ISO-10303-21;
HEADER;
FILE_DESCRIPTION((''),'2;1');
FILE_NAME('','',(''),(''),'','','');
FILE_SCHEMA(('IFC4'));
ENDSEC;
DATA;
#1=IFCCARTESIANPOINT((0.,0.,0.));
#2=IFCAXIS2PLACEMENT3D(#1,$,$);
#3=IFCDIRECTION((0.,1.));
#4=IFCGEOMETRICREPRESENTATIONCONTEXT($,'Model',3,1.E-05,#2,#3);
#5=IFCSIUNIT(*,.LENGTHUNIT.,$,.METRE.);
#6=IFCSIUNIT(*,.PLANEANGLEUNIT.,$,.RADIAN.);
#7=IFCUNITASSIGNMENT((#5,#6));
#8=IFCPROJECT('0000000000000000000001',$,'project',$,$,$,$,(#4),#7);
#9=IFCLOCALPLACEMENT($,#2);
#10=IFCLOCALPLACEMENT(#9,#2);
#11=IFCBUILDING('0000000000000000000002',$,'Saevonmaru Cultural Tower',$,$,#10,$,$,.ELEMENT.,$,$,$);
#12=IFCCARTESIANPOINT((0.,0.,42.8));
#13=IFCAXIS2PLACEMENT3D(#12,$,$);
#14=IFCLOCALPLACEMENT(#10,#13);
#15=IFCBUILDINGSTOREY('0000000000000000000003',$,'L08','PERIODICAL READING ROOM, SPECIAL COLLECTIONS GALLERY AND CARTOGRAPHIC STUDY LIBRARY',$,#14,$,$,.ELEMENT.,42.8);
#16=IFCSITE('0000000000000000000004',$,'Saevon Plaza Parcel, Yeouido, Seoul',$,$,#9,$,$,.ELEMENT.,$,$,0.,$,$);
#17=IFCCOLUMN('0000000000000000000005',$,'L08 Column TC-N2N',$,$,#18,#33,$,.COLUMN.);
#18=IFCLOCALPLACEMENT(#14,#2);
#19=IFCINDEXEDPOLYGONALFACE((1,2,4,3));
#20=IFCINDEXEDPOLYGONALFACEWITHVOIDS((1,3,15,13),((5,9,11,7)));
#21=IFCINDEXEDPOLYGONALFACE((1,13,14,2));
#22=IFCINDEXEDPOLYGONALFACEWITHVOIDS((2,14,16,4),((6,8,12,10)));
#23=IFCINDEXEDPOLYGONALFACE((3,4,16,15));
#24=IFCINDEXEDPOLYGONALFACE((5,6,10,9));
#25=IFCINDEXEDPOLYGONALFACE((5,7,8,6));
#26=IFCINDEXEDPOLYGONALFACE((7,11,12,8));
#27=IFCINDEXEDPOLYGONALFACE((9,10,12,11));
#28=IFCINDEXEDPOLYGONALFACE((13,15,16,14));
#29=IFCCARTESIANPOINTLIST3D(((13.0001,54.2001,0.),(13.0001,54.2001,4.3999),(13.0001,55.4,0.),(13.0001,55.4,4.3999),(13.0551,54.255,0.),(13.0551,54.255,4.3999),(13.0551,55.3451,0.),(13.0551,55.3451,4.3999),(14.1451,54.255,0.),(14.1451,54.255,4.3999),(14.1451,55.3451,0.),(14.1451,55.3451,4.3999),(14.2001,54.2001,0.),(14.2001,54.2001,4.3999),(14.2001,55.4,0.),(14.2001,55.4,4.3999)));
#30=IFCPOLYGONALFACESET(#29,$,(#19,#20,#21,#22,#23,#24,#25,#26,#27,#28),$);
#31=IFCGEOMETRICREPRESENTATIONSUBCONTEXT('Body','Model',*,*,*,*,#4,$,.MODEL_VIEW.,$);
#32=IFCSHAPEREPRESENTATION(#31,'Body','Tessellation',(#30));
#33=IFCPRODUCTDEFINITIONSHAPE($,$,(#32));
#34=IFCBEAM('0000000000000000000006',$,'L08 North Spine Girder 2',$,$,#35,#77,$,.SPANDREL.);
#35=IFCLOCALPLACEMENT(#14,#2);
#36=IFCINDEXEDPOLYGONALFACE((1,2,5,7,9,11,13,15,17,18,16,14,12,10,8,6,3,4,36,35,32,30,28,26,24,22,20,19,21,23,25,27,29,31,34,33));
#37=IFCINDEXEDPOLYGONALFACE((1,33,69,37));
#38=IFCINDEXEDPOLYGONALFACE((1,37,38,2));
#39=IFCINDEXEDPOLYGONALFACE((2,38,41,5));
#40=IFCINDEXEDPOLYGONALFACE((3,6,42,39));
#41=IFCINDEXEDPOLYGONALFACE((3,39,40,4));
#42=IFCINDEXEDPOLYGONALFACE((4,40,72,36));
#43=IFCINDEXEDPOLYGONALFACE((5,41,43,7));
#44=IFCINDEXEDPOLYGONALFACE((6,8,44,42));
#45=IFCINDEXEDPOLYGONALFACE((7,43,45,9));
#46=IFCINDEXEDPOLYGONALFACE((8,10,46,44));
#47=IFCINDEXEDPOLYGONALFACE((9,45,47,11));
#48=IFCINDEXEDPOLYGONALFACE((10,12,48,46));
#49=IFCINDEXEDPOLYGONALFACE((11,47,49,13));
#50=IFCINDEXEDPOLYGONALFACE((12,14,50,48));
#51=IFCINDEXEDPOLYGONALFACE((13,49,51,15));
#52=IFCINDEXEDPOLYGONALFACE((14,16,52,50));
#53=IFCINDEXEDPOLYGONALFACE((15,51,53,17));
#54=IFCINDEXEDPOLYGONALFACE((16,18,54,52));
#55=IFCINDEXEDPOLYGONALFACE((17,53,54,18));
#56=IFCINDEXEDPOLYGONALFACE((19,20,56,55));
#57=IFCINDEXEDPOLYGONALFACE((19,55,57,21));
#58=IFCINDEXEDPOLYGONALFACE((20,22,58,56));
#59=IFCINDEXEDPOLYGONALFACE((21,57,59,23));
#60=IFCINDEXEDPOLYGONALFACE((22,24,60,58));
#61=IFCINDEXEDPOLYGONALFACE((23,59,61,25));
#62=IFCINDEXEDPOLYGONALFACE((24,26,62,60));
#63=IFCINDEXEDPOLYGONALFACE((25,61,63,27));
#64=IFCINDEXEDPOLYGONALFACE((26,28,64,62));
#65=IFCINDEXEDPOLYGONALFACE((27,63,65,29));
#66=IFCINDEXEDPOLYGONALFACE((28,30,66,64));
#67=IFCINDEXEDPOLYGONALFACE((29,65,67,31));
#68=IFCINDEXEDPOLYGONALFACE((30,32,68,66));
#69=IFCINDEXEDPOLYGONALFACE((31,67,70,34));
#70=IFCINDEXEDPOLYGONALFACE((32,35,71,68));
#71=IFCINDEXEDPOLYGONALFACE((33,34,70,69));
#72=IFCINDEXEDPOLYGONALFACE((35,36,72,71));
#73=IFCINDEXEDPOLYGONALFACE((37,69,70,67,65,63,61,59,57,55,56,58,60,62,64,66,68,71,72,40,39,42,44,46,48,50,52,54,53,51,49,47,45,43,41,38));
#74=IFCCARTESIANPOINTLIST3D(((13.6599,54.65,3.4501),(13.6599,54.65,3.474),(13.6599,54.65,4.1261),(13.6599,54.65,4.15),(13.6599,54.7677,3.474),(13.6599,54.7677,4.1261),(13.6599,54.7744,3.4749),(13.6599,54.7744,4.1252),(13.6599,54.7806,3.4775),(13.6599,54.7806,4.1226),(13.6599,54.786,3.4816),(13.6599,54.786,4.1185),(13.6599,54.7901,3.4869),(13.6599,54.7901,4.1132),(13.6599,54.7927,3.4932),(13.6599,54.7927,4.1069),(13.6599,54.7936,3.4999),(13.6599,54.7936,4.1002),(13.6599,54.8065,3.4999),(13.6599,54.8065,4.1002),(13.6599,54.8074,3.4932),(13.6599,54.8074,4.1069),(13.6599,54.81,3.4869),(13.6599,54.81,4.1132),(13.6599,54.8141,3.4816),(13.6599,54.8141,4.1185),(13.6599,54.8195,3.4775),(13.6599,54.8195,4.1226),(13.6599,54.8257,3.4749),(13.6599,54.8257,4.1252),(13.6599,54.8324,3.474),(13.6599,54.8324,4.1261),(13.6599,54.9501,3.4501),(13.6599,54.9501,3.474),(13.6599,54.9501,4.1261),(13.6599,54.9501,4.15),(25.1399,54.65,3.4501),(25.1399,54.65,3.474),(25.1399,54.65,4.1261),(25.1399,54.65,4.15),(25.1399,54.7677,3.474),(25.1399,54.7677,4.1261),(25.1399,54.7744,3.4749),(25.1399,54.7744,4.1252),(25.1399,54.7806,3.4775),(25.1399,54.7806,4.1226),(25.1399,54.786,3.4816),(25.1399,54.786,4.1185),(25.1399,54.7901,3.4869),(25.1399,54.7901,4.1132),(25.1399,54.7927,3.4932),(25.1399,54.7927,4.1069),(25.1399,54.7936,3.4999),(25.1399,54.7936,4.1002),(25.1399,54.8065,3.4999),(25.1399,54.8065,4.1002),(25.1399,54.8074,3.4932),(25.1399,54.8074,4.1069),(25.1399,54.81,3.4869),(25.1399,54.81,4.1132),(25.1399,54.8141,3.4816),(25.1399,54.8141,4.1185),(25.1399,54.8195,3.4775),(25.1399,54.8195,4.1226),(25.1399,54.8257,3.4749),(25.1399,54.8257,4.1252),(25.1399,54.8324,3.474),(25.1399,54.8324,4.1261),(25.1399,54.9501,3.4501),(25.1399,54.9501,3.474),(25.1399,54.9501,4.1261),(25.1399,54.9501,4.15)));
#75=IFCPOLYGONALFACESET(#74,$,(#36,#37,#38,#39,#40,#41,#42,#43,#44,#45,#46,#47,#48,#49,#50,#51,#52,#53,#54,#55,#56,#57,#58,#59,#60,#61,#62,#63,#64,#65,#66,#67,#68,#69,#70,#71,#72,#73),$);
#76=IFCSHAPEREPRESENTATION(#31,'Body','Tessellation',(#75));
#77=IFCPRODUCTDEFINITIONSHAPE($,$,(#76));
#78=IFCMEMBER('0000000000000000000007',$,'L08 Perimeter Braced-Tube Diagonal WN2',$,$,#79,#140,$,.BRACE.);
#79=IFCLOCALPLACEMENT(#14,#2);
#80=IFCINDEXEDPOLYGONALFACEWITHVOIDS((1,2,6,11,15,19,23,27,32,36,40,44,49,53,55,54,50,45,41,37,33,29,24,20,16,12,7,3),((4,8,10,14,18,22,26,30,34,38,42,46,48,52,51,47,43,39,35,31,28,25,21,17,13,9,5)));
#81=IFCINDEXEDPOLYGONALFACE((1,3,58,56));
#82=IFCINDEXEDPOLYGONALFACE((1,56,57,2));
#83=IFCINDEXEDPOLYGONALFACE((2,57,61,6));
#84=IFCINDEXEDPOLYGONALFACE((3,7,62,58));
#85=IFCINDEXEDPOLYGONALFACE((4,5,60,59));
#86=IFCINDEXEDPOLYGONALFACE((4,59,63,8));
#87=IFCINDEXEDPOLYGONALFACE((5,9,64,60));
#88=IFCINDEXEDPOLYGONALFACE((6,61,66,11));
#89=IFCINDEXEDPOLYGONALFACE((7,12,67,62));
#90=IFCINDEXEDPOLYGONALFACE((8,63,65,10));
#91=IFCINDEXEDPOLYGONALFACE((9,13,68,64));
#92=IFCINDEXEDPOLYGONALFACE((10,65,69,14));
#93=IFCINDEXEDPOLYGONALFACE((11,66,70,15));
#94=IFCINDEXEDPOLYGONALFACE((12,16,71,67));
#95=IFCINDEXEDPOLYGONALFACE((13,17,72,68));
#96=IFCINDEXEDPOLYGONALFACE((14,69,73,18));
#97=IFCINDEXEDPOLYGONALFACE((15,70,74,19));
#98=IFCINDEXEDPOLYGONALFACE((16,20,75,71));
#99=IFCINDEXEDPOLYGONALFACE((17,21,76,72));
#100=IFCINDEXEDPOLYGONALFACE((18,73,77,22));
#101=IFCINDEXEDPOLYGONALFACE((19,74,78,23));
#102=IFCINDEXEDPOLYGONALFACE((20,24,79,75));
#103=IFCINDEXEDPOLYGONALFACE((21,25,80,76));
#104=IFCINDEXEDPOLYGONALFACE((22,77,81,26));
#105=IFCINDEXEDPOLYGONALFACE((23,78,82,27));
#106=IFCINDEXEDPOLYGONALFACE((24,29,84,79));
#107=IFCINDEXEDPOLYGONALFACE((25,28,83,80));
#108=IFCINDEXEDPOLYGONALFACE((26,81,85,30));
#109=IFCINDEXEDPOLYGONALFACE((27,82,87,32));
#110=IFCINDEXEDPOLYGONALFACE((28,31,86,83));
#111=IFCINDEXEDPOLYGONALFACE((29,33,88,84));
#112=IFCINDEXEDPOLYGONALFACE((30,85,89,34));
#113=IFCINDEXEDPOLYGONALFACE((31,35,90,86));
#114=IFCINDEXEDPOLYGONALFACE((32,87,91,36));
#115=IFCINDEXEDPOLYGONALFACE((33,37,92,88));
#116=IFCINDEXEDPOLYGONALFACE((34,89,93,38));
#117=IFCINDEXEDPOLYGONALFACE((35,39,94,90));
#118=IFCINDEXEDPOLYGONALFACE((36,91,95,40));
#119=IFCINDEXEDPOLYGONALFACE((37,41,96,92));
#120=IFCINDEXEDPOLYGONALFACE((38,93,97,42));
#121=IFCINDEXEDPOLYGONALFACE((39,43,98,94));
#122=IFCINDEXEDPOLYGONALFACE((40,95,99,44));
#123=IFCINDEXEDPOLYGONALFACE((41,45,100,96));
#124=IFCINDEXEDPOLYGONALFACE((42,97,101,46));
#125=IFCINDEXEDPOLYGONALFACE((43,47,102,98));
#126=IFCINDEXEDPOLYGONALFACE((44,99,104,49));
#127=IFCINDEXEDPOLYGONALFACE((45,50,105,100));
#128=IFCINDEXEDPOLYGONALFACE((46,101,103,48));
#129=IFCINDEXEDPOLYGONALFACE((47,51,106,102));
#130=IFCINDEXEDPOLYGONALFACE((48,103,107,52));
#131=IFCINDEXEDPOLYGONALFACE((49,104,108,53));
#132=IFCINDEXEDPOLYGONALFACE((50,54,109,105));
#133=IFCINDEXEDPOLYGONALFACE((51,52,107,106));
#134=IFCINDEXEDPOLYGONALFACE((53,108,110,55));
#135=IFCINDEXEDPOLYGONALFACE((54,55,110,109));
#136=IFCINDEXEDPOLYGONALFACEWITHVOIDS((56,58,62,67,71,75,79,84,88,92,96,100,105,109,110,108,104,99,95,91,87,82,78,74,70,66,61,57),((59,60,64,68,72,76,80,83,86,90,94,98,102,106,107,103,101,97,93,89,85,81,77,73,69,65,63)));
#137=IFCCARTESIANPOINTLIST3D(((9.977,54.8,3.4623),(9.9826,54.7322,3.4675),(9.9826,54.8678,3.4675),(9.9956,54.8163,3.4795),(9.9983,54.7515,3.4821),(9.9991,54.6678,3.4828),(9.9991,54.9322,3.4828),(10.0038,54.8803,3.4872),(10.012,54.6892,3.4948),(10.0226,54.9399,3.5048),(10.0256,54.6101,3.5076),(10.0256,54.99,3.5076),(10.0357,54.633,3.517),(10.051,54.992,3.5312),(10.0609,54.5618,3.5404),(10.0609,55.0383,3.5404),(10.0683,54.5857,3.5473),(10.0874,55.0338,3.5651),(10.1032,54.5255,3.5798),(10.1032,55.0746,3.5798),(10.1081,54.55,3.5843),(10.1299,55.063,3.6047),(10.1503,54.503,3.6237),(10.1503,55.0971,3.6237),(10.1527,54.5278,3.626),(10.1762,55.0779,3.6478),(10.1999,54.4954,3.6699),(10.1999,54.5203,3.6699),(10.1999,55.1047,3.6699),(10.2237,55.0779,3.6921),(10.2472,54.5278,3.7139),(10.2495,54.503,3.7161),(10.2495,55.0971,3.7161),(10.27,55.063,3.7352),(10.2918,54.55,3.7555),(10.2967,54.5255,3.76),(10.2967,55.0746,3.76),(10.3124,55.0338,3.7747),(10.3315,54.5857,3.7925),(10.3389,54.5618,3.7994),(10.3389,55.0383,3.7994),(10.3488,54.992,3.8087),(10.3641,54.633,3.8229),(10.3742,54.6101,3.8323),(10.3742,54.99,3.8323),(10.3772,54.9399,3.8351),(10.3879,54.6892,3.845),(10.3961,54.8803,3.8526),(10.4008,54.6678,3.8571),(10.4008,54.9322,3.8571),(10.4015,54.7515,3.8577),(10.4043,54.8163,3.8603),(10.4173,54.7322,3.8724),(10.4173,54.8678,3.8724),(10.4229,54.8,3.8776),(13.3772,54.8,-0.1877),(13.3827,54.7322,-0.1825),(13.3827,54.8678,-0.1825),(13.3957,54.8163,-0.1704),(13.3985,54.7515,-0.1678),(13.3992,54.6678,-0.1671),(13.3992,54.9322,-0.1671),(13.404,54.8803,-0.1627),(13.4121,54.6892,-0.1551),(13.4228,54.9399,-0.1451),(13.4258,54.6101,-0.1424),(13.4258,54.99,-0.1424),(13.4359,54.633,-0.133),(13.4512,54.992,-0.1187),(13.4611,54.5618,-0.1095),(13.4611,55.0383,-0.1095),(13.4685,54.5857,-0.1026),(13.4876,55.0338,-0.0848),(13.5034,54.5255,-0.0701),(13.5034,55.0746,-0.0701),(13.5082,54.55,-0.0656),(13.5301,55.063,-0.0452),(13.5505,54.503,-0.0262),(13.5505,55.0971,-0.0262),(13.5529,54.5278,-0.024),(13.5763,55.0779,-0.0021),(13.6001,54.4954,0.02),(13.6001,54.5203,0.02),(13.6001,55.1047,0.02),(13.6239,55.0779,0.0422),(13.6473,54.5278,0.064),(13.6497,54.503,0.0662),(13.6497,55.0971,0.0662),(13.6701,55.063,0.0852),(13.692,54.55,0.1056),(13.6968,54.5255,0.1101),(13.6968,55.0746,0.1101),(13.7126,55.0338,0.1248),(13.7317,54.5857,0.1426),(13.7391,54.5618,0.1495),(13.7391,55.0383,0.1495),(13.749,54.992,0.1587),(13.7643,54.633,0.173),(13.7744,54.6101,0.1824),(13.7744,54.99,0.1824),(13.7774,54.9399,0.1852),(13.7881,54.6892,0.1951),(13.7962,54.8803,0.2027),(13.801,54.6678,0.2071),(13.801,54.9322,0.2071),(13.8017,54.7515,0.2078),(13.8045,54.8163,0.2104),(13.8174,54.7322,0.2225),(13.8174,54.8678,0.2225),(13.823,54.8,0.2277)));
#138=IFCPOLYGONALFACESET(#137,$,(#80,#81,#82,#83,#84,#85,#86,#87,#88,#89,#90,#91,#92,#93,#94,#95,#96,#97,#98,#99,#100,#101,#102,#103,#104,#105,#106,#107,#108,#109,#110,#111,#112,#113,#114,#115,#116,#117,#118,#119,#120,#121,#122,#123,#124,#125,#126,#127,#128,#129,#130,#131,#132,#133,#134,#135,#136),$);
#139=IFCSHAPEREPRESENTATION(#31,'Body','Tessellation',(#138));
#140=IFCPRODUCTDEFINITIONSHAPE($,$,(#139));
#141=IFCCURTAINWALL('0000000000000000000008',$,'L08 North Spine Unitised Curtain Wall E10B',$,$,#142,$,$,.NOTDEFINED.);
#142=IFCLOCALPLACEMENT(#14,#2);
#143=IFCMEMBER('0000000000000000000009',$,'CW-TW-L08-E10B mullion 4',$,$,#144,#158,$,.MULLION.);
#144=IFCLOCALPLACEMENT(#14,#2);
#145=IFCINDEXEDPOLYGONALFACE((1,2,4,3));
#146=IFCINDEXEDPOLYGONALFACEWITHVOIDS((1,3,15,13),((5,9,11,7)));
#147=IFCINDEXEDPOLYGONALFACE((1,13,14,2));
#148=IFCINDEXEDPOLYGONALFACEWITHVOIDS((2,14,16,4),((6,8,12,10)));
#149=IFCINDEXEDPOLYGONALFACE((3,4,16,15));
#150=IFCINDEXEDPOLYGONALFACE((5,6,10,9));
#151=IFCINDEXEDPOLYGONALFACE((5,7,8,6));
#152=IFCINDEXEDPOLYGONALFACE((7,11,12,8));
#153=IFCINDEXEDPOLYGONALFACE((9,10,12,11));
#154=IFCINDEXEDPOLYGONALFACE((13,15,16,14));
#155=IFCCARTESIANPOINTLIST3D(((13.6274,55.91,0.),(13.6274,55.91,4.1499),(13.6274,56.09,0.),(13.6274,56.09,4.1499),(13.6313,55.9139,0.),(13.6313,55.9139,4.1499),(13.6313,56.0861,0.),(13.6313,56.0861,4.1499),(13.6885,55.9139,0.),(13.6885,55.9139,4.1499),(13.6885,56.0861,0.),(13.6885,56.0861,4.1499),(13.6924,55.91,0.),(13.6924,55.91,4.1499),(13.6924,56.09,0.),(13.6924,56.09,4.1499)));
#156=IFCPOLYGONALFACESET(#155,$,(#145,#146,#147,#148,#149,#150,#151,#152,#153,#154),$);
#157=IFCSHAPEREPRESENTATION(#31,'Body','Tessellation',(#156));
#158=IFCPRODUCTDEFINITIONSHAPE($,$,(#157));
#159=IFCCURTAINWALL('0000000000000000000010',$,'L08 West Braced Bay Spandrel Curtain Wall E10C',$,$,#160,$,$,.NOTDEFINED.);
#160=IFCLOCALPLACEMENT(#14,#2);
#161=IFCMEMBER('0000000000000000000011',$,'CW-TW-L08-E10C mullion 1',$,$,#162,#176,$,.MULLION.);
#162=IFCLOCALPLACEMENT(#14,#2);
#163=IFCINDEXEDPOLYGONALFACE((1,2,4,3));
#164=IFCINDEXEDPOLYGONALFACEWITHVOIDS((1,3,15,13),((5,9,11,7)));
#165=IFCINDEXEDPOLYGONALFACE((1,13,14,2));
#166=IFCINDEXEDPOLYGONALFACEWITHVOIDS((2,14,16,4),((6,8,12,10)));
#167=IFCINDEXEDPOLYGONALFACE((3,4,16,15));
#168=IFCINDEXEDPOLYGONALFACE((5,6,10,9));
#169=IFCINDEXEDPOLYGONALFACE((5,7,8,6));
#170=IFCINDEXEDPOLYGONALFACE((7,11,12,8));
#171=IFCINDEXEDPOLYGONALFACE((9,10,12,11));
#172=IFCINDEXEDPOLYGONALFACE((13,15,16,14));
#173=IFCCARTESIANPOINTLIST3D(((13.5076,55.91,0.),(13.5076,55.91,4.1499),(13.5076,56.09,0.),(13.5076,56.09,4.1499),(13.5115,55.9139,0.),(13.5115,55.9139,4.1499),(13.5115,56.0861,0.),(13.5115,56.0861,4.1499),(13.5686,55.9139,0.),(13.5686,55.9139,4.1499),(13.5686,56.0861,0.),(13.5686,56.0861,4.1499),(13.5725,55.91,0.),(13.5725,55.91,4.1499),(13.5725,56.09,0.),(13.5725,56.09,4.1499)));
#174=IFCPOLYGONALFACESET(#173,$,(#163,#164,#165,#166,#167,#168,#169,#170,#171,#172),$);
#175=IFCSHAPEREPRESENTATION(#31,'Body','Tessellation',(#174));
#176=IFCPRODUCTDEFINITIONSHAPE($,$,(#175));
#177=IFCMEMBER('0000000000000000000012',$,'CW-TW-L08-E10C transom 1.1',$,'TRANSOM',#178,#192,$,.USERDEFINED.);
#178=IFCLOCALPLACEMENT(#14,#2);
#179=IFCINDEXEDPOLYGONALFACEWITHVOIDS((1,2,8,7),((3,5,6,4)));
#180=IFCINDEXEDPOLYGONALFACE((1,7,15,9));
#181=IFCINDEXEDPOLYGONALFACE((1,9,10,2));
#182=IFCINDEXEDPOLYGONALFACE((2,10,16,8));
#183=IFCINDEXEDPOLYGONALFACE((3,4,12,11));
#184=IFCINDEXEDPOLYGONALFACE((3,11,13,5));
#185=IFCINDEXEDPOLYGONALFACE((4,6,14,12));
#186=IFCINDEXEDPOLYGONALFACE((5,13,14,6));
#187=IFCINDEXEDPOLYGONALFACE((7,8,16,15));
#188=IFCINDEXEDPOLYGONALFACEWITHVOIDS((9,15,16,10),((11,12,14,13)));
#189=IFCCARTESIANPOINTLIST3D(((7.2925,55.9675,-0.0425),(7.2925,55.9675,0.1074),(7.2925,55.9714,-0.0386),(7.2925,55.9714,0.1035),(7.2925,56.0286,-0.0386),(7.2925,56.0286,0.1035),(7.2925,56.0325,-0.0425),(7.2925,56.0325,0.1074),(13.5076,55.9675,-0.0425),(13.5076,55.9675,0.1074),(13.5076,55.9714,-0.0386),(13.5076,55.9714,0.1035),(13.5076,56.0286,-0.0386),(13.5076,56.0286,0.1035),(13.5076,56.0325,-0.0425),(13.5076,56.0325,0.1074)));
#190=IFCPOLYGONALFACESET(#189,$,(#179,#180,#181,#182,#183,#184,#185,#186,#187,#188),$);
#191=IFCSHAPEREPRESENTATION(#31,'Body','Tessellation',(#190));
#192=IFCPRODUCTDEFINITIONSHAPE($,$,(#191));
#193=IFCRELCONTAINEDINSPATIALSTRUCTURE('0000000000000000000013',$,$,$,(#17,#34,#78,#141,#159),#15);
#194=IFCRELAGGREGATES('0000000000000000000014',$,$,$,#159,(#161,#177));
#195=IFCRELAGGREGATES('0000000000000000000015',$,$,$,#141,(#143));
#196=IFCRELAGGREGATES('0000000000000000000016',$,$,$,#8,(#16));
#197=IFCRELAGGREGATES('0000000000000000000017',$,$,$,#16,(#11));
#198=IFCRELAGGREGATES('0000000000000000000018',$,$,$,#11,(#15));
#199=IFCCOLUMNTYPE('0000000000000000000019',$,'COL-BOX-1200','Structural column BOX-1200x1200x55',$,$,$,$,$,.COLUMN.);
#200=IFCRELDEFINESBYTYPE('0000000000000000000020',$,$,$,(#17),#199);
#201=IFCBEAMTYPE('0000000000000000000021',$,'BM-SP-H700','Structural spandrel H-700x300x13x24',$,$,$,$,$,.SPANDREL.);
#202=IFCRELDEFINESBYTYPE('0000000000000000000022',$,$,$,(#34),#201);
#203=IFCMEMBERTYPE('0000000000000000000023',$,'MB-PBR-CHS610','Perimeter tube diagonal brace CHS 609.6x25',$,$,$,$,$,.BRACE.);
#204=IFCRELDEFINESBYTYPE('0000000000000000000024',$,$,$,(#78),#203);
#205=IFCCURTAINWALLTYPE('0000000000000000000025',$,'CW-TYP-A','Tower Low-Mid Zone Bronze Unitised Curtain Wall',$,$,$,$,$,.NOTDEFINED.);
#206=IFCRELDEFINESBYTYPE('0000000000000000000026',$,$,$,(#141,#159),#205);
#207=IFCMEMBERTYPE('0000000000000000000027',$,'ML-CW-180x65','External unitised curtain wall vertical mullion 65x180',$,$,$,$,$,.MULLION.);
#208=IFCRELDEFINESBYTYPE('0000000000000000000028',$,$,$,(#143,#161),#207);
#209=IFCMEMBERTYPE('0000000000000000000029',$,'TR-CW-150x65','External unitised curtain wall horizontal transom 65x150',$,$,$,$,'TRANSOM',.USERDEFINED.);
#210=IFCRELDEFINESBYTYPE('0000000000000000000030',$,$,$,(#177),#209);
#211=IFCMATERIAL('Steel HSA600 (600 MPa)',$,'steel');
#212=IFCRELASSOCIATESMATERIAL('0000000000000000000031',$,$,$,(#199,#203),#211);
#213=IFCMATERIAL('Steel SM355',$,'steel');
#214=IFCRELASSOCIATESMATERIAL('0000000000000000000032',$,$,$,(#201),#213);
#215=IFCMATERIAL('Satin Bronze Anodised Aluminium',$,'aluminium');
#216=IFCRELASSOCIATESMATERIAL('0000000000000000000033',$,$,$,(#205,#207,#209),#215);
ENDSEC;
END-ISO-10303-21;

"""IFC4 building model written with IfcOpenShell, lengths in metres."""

from ifc_helpers import new_model, si_unit, direction, frame, origin, origin_2d, place, context, subcontext, project, spatial, hollow_rectangle, hollow_circle, i_section, extrude, material, material_profile, profile_set, type_object, element, aggregate, save


model = new_model("IFC4")

# Units and contexts
model_context = context("Model", 3, precision=1e-05, world=origin(), true_north=direction((0.0, 1.0)))
body_context = subcontext(model_context, "Body", "Model", "MODEL_VIEW")
ifc_project = project(units=[si_unit("LENGTHUNIT", "METRE"), si_unit("PLANEANGLEUNIT", "RADIAN")], contexts=[model_context])

# Site, building, storey
site_placement = place(None, origin())
site = spatial("IfcSite", under=ifc_project, at=site_placement, Name="Saevon Plaza Parcel, Yeouido, Seoul", CompositionType="ELEMENT", RefElevation=0.0)
building_placement = place(site_placement, origin())
building = spatial("IfcBuilding", under=site, at=building_placement, Name="Saevonmaru Cultural Tower", CompositionType="ELEMENT")
storey_placement = place(building_placement, frame((0.0, 0.0, 42.8)))
storey = spatial("IfcBuildingStorey", under=building, at=storey_placement, Name="L08", Description="PERIODICAL READING ROOM, SPECIAL COLLECTIONS GALLERY AND CARTOGRAPHIC STUDY LIBRARY", CompositionType="ELEMENT", Elevation=42.8)

# Column
ifc_material_1 = material(Name="Steel HSA600 (600 MPa)", Category="steel")
ifc_material_profile_1 = material_profile(ifc_material_1, hollow_rectangle(XDim=1.2, YDim=1.2, WallThickness=0.0549, at=origin_2d()), Name="BOX-1200x1200x55")
ifc_profile_set_1 = profile_set([ifc_material_profile_1], Name="Steel HSA600 (600 MPa)")
column_type = type_object("IfcColumnType", Name="COL-BOX-1200", Description="Structural column BOX-1200x1200x55", PredefinedType="COLUMN", material=ifc_profile_set_1)
column_placement = place(storey_placement, frame((13.6001, 54.8, 0.0), z_axis=(0.0, 0.0, 1.0), x_axis=(1.0, 0.0, 0.0)))
element("IfcColumn", 1, at=column_placement, inside=storey, type_object=column_type, Name="L08 Column TC-N2N", PredefinedType="COLUMN", context=body_context, shape_type="SweptSolid", body=[
    extrude(hollow_rectangle(XDim=1.2, YDim=1.2, WallThickness=0.0549, at=origin_2d()), origin(), (0.0, 0.0, 1.0), 4.3999),
])

# Beam
ifc_material_2 = material(Name="Steel SM355", Category="steel")
ifc_material_profile_2 = material_profile(ifc_material_2, i_section(OverallWidth=0.3, OverallDepth=0.7, WebThickness=0.0129, FlangeThickness=0.0239, FilletRadius=0.0259, at=origin_2d()), Name="H-700x300x13x24")
ifc_profile_set_2 = profile_set([ifc_material_profile_2], Name="Steel SM355")
beam_type = type_object("IfcBeamType", Name="BM-SP-H700", Description="Structural spandrel H-700x300x13x24", PredefinedType="SPANDREL", material=ifc_profile_set_2)
beam_placement = place(storey_placement, frame((13.6599, 54.8, 3.8), z_axis=(1.0, 0.0, 0.0), x_axis=(0.0, 1.0, 0.0)))
element("IfcBeam", 2, at=beam_placement, inside=storey, type_object=beam_type, Name="L08 North Spine Girder 2", PredefinedType="SPANDREL", context=body_context, shape_type="SweptSolid", body=[
    extrude(i_section(OverallWidth=0.3, OverallDepth=0.7, WebThickness=0.0129, FlangeThickness=0.0239, FilletRadius=0.0259, at=origin_2d()), origin(), (0.0, 0.0, 1.0), 11.48),
])

# Member
ifc_material_profile_3 = material_profile(ifc_material_1, hollow_circle(Radius=0.3047, WallThickness=0.0249, at=origin_2d()), Name="CHS-609.6x25")
ifc_profile_set_3 = profile_set([ifc_material_profile_3], Name="Steel HSA600 (600 MPa)")
member_type_1 = type_object("IfcMemberType", Name="MB-PBR-CHS610", Description="Perimeter tube diagonal brace CHS 609.6x25", PredefinedType="BRACE", material=ifc_profile_set_3)
member_1_placement = place(storey_placement, frame((13.6001, 54.8, 0.02), z_axis=(-0.681629, 0.0, 0.731698), x_axis=(0.0, -1.0, 0.0)))
element("IfcMember", 3, at=member_1_placement, inside=storey, type_object=member_type_1, Name="L08 Perimeter Braced-Tube Diagonal WN2", PredefinedType="BRACE", context=body_context, shape_type="SweptSolid", body=[
    extrude(hollow_circle(Radius=0.3047, WallThickness=0.0249, at=origin_2d()), origin(), (0.0, 0.0, 1.0), 4.9883),
])

# Curtain wall, member
ifc_material_3 = material(Name="Satin Bronze Anodised Aluminium", Category="aluminium")
curtain_wall_type = type_object("IfcCurtainWallType", Name="CW-TYP-A", Description="Tower Low-Mid Zone Bronze Unitised Curtain Wall", PredefinedType="NOTDEFINED", material=ifc_material_3)
curtain_wall_1_placement = place(storey_placement, origin())
curtain_wall_1 = element("IfcCurtainWall", 4, at=curtain_wall_1_placement, inside=storey, type_object=curtain_wall_type, Name="L08 North Spine Unitised Curtain Wall E10B", PredefinedType="NOTDEFINED")
ifc_material_profile_4 = material_profile(ifc_material_3, hollow_rectangle(XDim=0.0649, YDim=0.1799, WallThickness=0.0039, at=origin_2d()), Name="ALU-MULL-180x65x4")
ifc_profile_set_4 = profile_set([ifc_material_profile_4], Name="Satin Bronze Anodised Aluminium")
member_type_2 = type_object("IfcMemberType", Name="ML-CW-180x65", Description="External unitised curtain wall vertical mullion 65x180", PredefinedType="MULLION", material=ifc_profile_set_4)
member_2_placement = place(storey_placement, frame((13.6599, 56.0, 0.0), z_axis=(0.0, 0.0, 1.0), x_axis=(-1.0, 0.0, 0.0)))
member_2 = element("IfcMember", 5, at=member_2_placement, type_object=member_type_2, Name="CW-TW-L08-E10B mullion 4", PredefinedType="MULLION", context=body_context, shape_type="SweptSolid", body=[
    extrude(hollow_rectangle(XDim=0.0649, YDim=0.1799, WallThickness=0.0039, at=origin_2d()), origin(), (0.0, 0.0, 1.0), 4.1499),
])

# Curtain wall, members
curtain_wall_2_placement = place(storey_placement, origin())
curtain_wall_2 = element("IfcCurtainWall", 6, at=curtain_wall_2_placement, inside=storey, type_object=curtain_wall_type, Name="L08 West Braced Bay Spandrel Curtain Wall E10C", PredefinedType="NOTDEFINED")
member_3_placement = place(storey_placement, frame((13.54, 56.0, 0.0), z_axis=(0.0, 0.0, 1.0), x_axis=(-1.0, 0.0, 0.0)))
member_3 = element("IfcMember", 7, at=member_3_placement, type_object=member_type_2, Name="CW-TW-L08-E10C mullion 1", PredefinedType="MULLION", context=body_context, shape_type="SweptSolid", body=[
    extrude(hollow_rectangle(XDim=0.0649, YDim=0.1799, WallThickness=0.0039, at=origin_2d()), origin(), (0.0, 0.0, 1.0), 4.1499),
])
ifc_material_profile_5 = material_profile(ifc_material_3, hollow_rectangle(XDim=0.0649, YDim=0.1499, WallThickness=0.0039, at=origin_2d()), Name="ALU-TRAN-150x65x4")
ifc_profile_set_5 = profile_set([ifc_material_profile_5], Name="Satin Bronze Anodised Aluminium")
member_type_3 = type_object("IfcMemberType", Name="TR-CW-150x65", Description="External unitised curtain wall horizontal transom 65x150", ElementType="TRANSOM", PredefinedType="USERDEFINED", material=ifc_profile_set_5)
member_4_placement = place(storey_placement, frame((13.5076, 56.0, 0.0325), z_axis=(-1.0, 0.0, 0.0), x_axis=(0.0, -1.0, 0.0)))
member_4 = element("IfcMember", 8, at=member_4_placement, type_object=member_type_3, Name="CW-TW-L08-E10C transom 1.1", ObjectType="TRANSOM", PredefinedType="USERDEFINED", context=body_context, shape_type="SweptSolid", body=[
    extrude(hollow_rectangle(XDim=0.0649, YDim=0.1499, WallThickness=0.0039, at=origin_2d()), origin(), (0.0, 0.0, 1.0), 6.2151),
])
aggregate(curtain_wall_2, [member_3, member_4])

aggregate(curtain_wall_1, [member_2])

save(model, "model.ifc")
